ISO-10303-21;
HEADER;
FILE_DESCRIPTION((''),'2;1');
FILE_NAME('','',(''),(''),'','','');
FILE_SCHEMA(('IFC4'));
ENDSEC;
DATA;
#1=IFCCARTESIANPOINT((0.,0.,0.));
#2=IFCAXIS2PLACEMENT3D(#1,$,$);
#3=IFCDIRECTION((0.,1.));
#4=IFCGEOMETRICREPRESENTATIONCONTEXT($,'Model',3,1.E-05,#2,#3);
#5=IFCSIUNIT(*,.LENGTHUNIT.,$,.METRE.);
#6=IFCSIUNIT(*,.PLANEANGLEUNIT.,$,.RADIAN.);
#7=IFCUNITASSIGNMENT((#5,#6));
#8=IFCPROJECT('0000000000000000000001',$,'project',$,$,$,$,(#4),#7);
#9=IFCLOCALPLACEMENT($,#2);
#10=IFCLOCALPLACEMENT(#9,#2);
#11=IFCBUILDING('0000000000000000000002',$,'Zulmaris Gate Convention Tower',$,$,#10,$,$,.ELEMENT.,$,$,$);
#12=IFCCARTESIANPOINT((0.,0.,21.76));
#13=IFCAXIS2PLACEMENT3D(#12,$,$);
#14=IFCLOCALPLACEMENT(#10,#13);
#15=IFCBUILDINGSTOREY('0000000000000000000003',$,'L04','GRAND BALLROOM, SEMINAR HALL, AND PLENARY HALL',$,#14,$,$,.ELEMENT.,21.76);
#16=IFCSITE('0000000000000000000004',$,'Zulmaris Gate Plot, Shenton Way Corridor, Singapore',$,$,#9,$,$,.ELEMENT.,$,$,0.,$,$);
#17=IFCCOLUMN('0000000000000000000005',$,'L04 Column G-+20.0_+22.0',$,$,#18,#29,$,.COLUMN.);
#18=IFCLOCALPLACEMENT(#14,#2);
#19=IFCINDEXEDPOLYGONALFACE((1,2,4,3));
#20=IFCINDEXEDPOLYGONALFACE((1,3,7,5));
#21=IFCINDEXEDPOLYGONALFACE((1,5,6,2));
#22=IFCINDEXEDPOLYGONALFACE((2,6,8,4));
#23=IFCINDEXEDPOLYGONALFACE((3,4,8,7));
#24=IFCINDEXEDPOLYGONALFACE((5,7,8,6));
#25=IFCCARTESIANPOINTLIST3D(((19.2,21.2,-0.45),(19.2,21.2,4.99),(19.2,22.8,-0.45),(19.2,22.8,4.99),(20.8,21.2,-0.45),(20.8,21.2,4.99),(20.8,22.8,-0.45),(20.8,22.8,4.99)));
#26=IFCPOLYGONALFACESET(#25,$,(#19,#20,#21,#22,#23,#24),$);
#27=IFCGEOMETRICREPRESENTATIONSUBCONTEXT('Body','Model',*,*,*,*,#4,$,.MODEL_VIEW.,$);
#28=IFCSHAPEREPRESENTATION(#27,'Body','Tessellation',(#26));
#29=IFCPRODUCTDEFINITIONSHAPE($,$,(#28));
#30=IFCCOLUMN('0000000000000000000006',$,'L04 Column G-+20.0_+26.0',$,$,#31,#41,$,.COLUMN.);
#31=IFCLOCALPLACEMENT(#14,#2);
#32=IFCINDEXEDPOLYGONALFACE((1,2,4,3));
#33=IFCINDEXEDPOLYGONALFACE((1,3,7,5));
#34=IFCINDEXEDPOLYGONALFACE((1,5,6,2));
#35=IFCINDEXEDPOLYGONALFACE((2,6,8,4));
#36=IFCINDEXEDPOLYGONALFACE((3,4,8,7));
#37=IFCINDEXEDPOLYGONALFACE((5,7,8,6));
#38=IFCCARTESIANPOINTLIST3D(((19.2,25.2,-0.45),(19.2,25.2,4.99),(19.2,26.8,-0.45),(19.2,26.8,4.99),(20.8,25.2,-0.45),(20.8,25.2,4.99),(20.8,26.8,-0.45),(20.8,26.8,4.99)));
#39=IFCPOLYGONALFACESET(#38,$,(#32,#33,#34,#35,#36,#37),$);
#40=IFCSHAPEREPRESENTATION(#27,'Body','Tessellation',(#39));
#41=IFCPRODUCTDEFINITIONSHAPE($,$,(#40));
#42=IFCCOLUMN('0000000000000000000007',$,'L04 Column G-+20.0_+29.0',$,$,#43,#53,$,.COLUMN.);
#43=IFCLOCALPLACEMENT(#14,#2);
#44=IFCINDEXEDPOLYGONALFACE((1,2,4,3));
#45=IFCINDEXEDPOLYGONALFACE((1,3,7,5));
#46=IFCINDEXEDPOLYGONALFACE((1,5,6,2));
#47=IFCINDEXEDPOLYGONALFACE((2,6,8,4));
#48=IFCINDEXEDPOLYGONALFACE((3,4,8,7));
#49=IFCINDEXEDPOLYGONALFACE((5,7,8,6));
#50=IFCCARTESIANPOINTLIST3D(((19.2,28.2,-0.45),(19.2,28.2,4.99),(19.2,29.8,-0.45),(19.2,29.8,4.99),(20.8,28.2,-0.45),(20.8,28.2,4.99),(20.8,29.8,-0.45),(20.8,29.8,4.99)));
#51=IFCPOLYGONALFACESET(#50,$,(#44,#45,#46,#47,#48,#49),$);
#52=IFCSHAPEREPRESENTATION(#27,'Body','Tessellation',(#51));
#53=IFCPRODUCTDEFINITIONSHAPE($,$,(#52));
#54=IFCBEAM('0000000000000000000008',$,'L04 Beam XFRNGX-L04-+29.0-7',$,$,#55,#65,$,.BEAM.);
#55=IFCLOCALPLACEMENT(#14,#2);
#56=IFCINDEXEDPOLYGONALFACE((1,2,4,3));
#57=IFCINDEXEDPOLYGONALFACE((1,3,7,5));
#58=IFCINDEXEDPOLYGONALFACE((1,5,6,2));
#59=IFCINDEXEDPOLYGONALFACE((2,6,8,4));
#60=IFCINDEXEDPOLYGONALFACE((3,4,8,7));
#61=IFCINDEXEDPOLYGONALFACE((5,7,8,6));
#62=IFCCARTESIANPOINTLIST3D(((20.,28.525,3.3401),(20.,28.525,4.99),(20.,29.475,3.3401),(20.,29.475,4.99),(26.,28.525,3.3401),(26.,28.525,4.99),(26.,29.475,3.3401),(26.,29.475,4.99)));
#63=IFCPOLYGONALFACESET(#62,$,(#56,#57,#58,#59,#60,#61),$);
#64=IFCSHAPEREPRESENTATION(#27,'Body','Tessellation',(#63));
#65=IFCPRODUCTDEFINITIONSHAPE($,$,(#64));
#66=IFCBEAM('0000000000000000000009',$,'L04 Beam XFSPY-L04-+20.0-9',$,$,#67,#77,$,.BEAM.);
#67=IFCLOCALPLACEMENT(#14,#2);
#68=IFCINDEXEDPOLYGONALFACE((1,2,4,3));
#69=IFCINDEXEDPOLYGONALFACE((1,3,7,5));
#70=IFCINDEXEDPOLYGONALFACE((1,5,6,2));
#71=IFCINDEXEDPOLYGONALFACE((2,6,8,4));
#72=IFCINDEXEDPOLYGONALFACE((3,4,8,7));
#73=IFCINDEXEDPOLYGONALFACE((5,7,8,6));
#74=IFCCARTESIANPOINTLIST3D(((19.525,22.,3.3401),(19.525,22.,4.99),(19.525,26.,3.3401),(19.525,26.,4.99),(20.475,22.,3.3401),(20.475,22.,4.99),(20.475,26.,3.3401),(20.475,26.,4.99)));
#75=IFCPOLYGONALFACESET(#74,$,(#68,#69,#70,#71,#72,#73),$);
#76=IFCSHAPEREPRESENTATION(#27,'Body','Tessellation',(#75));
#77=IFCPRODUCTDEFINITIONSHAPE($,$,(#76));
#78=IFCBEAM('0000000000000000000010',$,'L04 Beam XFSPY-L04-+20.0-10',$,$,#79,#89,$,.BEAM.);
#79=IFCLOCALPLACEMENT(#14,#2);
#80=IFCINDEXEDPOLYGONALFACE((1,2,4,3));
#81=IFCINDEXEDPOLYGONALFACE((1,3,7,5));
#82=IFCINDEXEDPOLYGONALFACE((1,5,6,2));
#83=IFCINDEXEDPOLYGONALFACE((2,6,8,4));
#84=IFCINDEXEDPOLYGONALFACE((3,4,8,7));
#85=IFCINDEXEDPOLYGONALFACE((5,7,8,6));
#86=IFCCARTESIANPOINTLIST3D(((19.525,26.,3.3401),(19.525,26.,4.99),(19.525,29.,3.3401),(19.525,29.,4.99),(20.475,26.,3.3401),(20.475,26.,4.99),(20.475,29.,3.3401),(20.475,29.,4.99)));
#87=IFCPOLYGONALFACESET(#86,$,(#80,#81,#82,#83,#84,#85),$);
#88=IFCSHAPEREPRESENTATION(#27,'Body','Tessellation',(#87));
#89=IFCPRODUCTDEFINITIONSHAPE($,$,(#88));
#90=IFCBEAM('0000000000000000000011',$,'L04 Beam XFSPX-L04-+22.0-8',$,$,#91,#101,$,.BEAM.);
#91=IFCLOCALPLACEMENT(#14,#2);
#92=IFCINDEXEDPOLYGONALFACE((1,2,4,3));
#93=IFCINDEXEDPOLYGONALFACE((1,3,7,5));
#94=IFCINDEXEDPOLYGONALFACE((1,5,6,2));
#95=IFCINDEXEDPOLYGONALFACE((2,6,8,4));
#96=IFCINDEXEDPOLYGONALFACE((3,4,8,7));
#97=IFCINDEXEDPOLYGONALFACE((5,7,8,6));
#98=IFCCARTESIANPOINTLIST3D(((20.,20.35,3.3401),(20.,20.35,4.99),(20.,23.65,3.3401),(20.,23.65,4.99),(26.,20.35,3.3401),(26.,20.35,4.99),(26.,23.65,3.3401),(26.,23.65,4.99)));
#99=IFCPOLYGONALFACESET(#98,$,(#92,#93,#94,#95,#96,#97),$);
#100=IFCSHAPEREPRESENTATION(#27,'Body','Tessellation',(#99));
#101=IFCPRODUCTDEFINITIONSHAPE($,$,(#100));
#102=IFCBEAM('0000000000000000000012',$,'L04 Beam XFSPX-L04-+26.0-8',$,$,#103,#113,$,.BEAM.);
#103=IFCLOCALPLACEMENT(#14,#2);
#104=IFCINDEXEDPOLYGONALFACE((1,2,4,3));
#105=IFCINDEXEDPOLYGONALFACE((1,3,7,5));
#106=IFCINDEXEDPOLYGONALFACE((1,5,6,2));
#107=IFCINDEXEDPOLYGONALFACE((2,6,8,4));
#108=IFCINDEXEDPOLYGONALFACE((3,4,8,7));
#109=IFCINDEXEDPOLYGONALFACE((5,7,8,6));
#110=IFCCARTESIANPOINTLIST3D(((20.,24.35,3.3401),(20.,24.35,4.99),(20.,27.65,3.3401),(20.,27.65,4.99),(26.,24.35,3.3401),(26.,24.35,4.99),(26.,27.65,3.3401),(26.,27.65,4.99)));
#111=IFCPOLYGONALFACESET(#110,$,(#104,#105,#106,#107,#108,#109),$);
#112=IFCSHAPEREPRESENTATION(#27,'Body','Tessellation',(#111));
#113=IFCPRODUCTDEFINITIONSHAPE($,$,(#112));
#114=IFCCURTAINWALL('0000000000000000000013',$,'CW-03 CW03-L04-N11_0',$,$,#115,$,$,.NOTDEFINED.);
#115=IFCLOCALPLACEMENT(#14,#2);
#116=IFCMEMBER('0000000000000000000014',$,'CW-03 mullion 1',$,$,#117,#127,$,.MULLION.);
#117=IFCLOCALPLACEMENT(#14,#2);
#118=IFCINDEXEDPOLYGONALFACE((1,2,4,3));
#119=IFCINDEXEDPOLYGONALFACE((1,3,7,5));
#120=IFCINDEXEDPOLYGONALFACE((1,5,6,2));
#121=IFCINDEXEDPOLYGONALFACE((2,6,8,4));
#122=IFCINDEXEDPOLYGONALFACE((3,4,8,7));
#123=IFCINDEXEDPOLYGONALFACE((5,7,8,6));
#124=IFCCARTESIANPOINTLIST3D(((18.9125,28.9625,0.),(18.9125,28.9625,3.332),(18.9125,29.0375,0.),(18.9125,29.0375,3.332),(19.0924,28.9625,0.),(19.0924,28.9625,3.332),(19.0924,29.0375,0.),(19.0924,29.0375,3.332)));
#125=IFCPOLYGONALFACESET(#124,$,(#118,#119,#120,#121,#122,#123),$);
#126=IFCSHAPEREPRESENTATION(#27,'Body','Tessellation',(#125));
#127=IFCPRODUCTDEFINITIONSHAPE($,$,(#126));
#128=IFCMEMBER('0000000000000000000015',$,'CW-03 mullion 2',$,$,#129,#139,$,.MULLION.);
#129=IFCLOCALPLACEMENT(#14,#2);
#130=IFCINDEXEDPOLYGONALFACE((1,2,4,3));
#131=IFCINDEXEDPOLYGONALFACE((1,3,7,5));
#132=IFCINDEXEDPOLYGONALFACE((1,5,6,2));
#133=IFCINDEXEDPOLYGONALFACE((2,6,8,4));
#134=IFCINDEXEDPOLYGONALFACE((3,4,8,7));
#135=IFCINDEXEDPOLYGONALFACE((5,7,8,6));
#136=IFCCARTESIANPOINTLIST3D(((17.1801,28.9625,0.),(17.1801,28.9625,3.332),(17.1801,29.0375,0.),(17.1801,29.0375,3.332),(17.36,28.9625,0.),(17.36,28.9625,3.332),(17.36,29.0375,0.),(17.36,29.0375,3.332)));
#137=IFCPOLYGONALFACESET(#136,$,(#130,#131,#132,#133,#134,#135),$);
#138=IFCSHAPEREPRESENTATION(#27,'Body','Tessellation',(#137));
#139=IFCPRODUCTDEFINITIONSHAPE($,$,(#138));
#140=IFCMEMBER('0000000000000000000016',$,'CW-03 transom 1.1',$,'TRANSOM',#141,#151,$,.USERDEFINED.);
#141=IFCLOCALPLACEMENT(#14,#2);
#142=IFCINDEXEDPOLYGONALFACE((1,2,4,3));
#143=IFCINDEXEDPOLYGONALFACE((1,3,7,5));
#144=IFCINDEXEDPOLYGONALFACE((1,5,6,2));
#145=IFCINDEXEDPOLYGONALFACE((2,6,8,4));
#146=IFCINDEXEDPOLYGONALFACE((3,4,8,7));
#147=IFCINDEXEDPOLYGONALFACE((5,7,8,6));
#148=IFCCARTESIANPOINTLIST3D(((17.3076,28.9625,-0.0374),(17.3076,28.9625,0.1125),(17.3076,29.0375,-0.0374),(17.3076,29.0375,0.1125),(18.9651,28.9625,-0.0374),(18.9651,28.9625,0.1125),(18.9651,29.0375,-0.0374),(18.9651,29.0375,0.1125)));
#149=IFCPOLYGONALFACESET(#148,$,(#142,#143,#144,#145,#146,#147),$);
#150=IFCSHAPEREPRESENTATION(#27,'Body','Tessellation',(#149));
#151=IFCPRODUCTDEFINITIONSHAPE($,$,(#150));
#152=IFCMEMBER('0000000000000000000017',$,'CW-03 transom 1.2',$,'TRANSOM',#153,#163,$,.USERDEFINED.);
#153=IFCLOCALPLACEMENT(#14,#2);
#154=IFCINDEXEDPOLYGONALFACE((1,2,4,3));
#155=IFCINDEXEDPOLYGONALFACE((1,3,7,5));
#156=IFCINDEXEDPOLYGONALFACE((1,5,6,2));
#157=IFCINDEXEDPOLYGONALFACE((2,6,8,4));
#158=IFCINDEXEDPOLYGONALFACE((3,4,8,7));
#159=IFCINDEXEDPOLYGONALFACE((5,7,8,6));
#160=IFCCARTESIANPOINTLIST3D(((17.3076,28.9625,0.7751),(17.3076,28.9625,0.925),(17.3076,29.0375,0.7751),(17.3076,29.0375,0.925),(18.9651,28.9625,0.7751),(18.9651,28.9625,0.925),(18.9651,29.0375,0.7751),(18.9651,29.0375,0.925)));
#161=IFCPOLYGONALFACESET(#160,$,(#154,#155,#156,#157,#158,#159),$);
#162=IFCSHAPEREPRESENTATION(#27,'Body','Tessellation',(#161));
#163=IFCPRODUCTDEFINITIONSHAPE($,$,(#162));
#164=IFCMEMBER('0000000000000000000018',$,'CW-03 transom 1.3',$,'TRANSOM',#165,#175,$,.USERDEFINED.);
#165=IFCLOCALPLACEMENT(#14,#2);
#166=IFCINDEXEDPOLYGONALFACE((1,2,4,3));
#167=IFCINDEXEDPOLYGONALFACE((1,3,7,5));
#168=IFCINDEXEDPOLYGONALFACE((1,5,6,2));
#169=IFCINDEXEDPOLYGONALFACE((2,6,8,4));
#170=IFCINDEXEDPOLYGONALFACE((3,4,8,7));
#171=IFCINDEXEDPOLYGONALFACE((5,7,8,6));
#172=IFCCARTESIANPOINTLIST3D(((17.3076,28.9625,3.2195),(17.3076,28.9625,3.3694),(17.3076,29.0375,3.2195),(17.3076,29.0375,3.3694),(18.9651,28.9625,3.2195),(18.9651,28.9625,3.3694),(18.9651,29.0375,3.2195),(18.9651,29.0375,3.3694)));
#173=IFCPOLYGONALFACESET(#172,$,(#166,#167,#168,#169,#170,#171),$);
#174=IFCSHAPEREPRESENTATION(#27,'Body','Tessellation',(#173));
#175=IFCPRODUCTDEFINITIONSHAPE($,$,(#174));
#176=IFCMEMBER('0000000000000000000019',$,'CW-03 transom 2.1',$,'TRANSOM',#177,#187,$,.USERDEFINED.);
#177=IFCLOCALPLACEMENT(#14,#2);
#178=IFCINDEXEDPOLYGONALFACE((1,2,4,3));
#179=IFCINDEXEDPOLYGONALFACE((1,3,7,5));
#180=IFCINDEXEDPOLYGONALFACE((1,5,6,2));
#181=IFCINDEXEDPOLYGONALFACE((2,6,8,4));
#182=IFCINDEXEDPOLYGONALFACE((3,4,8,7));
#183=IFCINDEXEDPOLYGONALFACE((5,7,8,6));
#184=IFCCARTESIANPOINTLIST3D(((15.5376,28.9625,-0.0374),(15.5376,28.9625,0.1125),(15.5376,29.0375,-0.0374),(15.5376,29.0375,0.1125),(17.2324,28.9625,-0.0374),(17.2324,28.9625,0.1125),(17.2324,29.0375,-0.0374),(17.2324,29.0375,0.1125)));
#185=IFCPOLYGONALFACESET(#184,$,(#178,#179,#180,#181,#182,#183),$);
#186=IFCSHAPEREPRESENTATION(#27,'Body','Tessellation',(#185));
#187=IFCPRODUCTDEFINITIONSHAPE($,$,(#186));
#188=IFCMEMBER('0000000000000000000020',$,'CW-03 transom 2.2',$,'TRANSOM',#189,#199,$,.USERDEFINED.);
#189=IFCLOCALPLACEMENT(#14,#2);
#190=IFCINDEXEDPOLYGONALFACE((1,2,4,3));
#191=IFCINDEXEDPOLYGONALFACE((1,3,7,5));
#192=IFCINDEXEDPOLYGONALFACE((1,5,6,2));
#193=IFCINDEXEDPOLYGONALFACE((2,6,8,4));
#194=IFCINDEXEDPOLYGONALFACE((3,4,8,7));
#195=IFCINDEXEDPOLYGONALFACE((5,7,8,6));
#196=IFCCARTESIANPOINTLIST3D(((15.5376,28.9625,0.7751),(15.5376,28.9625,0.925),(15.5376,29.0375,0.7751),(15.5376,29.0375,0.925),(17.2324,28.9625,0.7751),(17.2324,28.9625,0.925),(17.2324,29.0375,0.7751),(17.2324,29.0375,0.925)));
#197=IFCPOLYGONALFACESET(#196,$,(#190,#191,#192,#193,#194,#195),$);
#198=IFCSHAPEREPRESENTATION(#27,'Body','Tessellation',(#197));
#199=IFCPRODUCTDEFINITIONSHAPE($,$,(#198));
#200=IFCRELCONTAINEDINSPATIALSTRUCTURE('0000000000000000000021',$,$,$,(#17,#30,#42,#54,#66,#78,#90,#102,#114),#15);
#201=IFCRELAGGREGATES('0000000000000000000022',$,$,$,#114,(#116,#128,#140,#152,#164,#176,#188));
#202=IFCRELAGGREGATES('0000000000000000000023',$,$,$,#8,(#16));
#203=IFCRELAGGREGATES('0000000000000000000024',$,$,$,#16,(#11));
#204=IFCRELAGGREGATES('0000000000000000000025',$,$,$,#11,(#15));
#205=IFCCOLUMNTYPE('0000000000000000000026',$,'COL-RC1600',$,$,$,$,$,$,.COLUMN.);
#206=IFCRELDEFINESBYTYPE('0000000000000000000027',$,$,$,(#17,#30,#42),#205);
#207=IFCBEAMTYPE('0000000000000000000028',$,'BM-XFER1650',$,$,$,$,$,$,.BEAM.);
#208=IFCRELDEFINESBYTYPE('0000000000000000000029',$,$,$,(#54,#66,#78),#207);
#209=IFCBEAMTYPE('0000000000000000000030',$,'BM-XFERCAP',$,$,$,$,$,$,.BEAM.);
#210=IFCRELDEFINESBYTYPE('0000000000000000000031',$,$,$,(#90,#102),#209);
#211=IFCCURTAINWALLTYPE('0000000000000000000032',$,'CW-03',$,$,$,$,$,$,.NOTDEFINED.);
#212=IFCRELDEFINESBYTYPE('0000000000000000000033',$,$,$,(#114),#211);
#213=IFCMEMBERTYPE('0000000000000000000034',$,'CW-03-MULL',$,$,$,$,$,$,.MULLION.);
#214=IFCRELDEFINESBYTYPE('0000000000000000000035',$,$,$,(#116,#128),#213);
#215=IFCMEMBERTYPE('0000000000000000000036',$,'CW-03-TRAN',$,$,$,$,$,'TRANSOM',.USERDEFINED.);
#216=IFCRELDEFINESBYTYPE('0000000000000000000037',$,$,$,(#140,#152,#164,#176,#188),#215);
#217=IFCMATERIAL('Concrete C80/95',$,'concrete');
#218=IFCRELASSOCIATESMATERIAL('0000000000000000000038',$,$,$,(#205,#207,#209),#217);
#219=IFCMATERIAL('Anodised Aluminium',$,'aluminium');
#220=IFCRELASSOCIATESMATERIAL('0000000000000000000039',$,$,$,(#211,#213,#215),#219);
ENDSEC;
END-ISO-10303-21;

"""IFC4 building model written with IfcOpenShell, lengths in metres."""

from ifc_helpers import new_model, si_unit, direction, frame, origin, origin_2d, place, context, subcontext, project, spatial, rectangle, extrude, material, material_profile, profile_set, type_object, element, aggregate, save


model = new_model("IFC4")

# Units and contexts
model_context = context("Model", 3, precision=1e-05, world=origin(), true_north=direction((0.0, 1.0)))
body_context = subcontext(model_context, "Body", "Model", "MODEL_VIEW")
ifc_project = project(units=[si_unit("LENGTHUNIT", "METRE"), si_unit("PLANEANGLEUNIT", "RADIAN")], contexts=[model_context])

# Site, building, storey
site_placement = place(None, origin())
site = spatial("IfcSite", under=ifc_project, at=site_placement, Name="Zulmaris Gate Plot, Shenton Way Corridor, Singapore", CompositionType="ELEMENT", RefElevation=0.0)
building_placement = place(site_placement, origin())
building = spatial("IfcBuilding", under=site, at=building_placement, Name="Zulmaris Gate Convention Tower", CompositionType="ELEMENT")
storey_placement = place(building_placement, frame((0.0, 0.0, 21.76)))
storey = spatial("IfcBuildingStorey", under=building, at=storey_placement, Name="L04", Description="GRAND BALLROOM, SEMINAR HALL, AND PLENARY HALL", CompositionType="ELEMENT", Elevation=21.76)

# Columns
ifc_material_1 = material(Name="Concrete C80/95", Category="concrete")
ifc_material_profile_1 = material_profile(ifc_material_1, rectangle(XDim=1.6001, YDim=1.6001, at=origin_2d()), Name="RC COL 1600x1600")
ifc_profile_set_1 = profile_set([ifc_material_profile_1], Name="Concrete C80/95")
column_type = type_object("IfcColumnType", Name="COL-RC1600", PredefinedType="COLUMN", material=ifc_profile_set_1)
for number, where, z_axis, x_axis, name in (
    (1, (20.0, 22.0, -0.45), (0.0, 0.0, 1.0), (1.0, 0.0, 0.0), "L04 Column G-+20.0_+22.0"),
    (2, (20.0, 26.0, -0.45), (0.0, 0.0, 1.0), (1.0, 0.0, 0.0), "L04 Column G-+20.0_+26.0"),
    (3, (20.0, 29.0, -0.45), (0.0, 0.0, 1.0), (1.0, 0.0, 0.0), "L04 Column G-+20.0_+29.0"),
):
    element("IfcColumn", number, at=place(storey_placement, frame(where, z_axis=z_axis, x_axis=x_axis)), inside=storey, type_object=column_type, Name=name, PredefinedType="COLUMN", context=body_context, shape_type="SweptSolid", body=[
        extrude(rectangle(XDim=1.6001, YDim=1.6001, at=origin_2d()), origin(), (0.0, 0.0, 1.0), 5.4399),
    ])

# Beams
ifc_material_profile_2 = material_profile(ifc_material_1, rectangle(XDim=0.95, YDim=1.6499, at=origin_2d()), Name="RC TRANSFER 950x1650")
ifc_profile_set_2 = profile_set([ifc_material_profile_2], Name="Concrete C80/95")
beam_type_1 = type_object("IfcBeamType", Name="BM-XFER1650", PredefinedType="BEAM", material=ifc_profile_set_2)
beam_1_placement = place(storey_placement, frame((20.0, 29.0, 4.165), z_axis=(1.0, 0.0, 0.0), x_axis=(0.0, 1.0, 0.0)))
element("IfcBeam", 4, at=beam_1_placement, inside=storey, type_object=beam_type_1, Name="L04 Beam XFRNGX-L04-+29.0-7", PredefinedType="BEAM", context=body_context, shape_type="SweptSolid", body=[
    extrude(rectangle(XDim=0.95, YDim=1.6499, at=origin_2d()), origin(), (0.0, 0.0, 1.0), 6.0),
])
beam_2_placement = place(storey_placement, frame((20.0, 22.0, 4.165), z_axis=(0.0, 1.0, 0.0), x_axis=(-1.0, 0.0, 0.0)))
element("IfcBeam", 5, at=beam_2_placement, inside=storey, type_object=beam_type_1, Name="L04 Beam XFSPY-L04-+20.0-9", PredefinedType="BEAM", context=body_context, shape_type="SweptSolid", body=[
    extrude(rectangle(XDim=0.95, YDim=1.6499, at=origin_2d()), origin(), (0.0, 0.0, 1.0), 4.0),
])
beam_3_placement = place(storey_placement, frame((20.0, 26.0, 4.165), z_axis=(0.0, 1.0, 0.0), x_axis=(-1.0, 0.0, 0.0)))
element("IfcBeam", 6, at=beam_3_placement, inside=storey, type_object=beam_type_1, Name="L04 Beam XFSPY-L04-+20.0-10", PredefinedType="BEAM", context=body_context, shape_type="SweptSolid", body=[
    extrude(rectangle(XDim=0.95, YDim=1.6499, at=origin_2d()), origin(), (0.0, 0.0, 1.0), 3.0),
])
ifc_material_profile_3 = material_profile(ifc_material_1, rectangle(XDim=3.3, YDim=1.6499, at=origin_2d()), Name="RC TRANSFER 3300x1650")
ifc_profile_set_3 = profile_set([ifc_material_profile_3], Name="Concrete C80/95")
beam_type_2 = type_object("IfcBeamType", Name="BM-XFERCAP", PredefinedType="BEAM", material=ifc_profile_set_3)
for number, where, z_axis, x_axis, name in (
    (7, (20.0, 22.0, 4.165), (1.0, 0.0, 0.0), (0.0, 1.0, 0.0), "L04 Beam XFSPX-L04-+22.0-8"),
    (8, (20.0, 26.0, 4.165), (1.0, 0.0, 0.0), (0.0, 1.0, 0.0), "L04 Beam XFSPX-L04-+26.0-8"),
):
    element("IfcBeam", number, at=place(storey_placement, frame(where, z_axis=z_axis, x_axis=x_axis)), inside=storey, type_object=beam_type_2, Name=name, PredefinedType="BEAM", context=body_context, shape_type="SweptSolid", body=[
        extrude(rectangle(XDim=3.3, YDim=1.6499, at=origin_2d()), origin(), (0.0, 0.0, 1.0), 6.0),
    ])

# Curtain wall, members
ifc_material_2 = material(Name="Anodised Aluminium", Category="aluminium")
curtain_wall_type = type_object("IfcCurtainWallType", Name="CW-03", PredefinedType="NOTDEFINED", material=ifc_material_2)
curtain_wall_placement = place(storey_placement, origin())
curtain_wall = element("IfcCurtainWall", 9, at=curtain_wall_placement, inside=storey, type_object=curtain_wall_type, Name="CW-03 CW03-L04-N11_0", PredefinedType="NOTDEFINED")
ifc_material_profile_4 = material_profile(ifc_material_2, rectangle(XDim=0.075, YDim=0.1799, at=origin_2d()), Name="ALU MULLION 75x180")
ifc_profile_set_4 = profile_set([ifc_material_profile_4], Name="Anodised Aluminium")
member_type_1 = type_object("IfcMemberType", Name="CW-03-MULL", PredefinedType="MULLION", material=ifc_profile_set_4)
member_1_placement = place(storey_placement, frame((19.0024, 29.0, 0.0), z_axis=(0.0, 0.0, 1.0), x_axis=(0.0, -1.0, 0.0)))
member_1 = element("IfcMember", 10, at=member_1_placement, type_object=member_type_1, Name="CW-03 mullion 1", PredefinedType="MULLION", context=body_context, shape_type="SweptSolid", body=[
    extrude(rectangle(XDim=0.075, YDim=0.1799, at=origin_2d()), origin(), (0.0, 0.0, 1.0), 3.332),
])
member_2_placement = place(storey_placement, frame((17.27, 29.0, 0.0), z_axis=(0.0, 0.0, 1.0), x_axis=(0.0, -1.0, 0.0)))
member_2 = element("IfcMember", 11, at=member_2_placement, type_object=member_type_1, Name="CW-03 mullion 2", PredefinedType="MULLION", context=body_context, shape_type="SweptSolid", body=[
    extrude(rectangle(XDim=0.075, YDim=0.1799, at=origin_2d()), origin(), (0.0, 0.0, 1.0), 3.332),
])
ifc_material_profile_5 = material_profile(ifc_material_2, rectangle(XDim=0.075, YDim=0.1499, at=origin_2d()), Name="ALU TRANSOM 75x150")
ifc_profile_set_5 = profile_set([ifc_material_profile_5], Name="Anodised Aluminium")
member_type_2 = type_object("IfcMemberType", Name="CW-03-TRAN", ElementType="TRANSOM", PredefinedType="USERDEFINED", material=ifc_profile_set_5)
member_3_placement = place(storey_placement, frame((18.9651, 29.0, 0.0376), z_axis=(-1.0, 0.0, 0.0), x_axis=(0.0, -1.0, 0.0)))
member_3 = element("IfcMember", 12, at=member_3_placement, type_object=member_type_2, Name="CW-03 transom 1.1", ObjectType="TRANSOM", PredefinedType="USERDEFINED", context=body_context, shape_type="SweptSolid", body=[
    extrude(rectangle(XDim=0.075, YDim=0.1499, at=origin_2d()), origin(), (0.0, 0.0, 1.0), 1.6575),
])
member_4_placement = place(storey_placement, frame((18.9651, 29.0, 0.8501), z_axis=(-1.0, 0.0, 0.0), x_axis=(0.0, -1.0, 0.0)))
member_4 = element("IfcMember", 13, at=member_4_placement, type_object=member_type_2, Name="CW-03 transom 1.2", ObjectType="TRANSOM", PredefinedType="USERDEFINED", context=body_context, shape_type="SweptSolid", body=[
    extrude(rectangle(XDim=0.075, YDim=0.1499, at=origin_2d()), origin(), (0.0, 0.0, 1.0), 1.6575),
])
member_5_placement = place(storey_placement, frame((18.9651, 29.0, 3.2944), z_axis=(-1.0, 0.0, 0.0), x_axis=(0.0, -1.0, 0.0)))
member_5 = element("IfcMember", 14, at=member_5_placement, type_object=member_type_2, Name="CW-03 transom 1.3", ObjectType="TRANSOM", PredefinedType="USERDEFINED", context=body_context, shape_type="SweptSolid", body=[
    extrude(rectangle(XDim=0.075, YDim=0.1499, at=origin_2d()), origin(), (0.0, 0.0, 1.0), 1.6575),
])
member_6_placement = place(storey_placement, frame((17.2324, 29.0, 0.0376), z_axis=(-1.0, 0.0, 0.0), x_axis=(0.0, -1.0, 0.0)))
member_6 = element("IfcMember", 15, at=member_6_placement, type_object=member_type_2, Name="CW-03 transom 2.1", ObjectType="TRANSOM", PredefinedType="USERDEFINED", context=body_context, shape_type="SweptSolid", body=[
    extrude(rectangle(XDim=0.075, YDim=0.1499, at=origin_2d()), origin(), (0.0, 0.0, 1.0), 1.6948),
])
member_7_placement = place(storey_placement, frame((17.2324, 29.0, 0.8501), z_axis=(-1.0, 0.0, 0.0), x_axis=(0.0, -1.0, 0.0)))
member_7 = element("IfcMember", 16, at=member_7_placement, type_object=member_type_2, Name="CW-03 transom 2.2", ObjectType="TRANSOM", PredefinedType="USERDEFINED", context=body_context, shape_type="SweptSolid", body=[
    extrude(rectangle(XDim=0.075, YDim=0.1499, at=origin_2d()), origin(), (0.0, 0.0, 1.0), 1.6948),
])
aggregate(curtain_wall, [member_1, member_2, member_3, member_4, member_5, member_6, member_7])

save(model, "model.ifc")
